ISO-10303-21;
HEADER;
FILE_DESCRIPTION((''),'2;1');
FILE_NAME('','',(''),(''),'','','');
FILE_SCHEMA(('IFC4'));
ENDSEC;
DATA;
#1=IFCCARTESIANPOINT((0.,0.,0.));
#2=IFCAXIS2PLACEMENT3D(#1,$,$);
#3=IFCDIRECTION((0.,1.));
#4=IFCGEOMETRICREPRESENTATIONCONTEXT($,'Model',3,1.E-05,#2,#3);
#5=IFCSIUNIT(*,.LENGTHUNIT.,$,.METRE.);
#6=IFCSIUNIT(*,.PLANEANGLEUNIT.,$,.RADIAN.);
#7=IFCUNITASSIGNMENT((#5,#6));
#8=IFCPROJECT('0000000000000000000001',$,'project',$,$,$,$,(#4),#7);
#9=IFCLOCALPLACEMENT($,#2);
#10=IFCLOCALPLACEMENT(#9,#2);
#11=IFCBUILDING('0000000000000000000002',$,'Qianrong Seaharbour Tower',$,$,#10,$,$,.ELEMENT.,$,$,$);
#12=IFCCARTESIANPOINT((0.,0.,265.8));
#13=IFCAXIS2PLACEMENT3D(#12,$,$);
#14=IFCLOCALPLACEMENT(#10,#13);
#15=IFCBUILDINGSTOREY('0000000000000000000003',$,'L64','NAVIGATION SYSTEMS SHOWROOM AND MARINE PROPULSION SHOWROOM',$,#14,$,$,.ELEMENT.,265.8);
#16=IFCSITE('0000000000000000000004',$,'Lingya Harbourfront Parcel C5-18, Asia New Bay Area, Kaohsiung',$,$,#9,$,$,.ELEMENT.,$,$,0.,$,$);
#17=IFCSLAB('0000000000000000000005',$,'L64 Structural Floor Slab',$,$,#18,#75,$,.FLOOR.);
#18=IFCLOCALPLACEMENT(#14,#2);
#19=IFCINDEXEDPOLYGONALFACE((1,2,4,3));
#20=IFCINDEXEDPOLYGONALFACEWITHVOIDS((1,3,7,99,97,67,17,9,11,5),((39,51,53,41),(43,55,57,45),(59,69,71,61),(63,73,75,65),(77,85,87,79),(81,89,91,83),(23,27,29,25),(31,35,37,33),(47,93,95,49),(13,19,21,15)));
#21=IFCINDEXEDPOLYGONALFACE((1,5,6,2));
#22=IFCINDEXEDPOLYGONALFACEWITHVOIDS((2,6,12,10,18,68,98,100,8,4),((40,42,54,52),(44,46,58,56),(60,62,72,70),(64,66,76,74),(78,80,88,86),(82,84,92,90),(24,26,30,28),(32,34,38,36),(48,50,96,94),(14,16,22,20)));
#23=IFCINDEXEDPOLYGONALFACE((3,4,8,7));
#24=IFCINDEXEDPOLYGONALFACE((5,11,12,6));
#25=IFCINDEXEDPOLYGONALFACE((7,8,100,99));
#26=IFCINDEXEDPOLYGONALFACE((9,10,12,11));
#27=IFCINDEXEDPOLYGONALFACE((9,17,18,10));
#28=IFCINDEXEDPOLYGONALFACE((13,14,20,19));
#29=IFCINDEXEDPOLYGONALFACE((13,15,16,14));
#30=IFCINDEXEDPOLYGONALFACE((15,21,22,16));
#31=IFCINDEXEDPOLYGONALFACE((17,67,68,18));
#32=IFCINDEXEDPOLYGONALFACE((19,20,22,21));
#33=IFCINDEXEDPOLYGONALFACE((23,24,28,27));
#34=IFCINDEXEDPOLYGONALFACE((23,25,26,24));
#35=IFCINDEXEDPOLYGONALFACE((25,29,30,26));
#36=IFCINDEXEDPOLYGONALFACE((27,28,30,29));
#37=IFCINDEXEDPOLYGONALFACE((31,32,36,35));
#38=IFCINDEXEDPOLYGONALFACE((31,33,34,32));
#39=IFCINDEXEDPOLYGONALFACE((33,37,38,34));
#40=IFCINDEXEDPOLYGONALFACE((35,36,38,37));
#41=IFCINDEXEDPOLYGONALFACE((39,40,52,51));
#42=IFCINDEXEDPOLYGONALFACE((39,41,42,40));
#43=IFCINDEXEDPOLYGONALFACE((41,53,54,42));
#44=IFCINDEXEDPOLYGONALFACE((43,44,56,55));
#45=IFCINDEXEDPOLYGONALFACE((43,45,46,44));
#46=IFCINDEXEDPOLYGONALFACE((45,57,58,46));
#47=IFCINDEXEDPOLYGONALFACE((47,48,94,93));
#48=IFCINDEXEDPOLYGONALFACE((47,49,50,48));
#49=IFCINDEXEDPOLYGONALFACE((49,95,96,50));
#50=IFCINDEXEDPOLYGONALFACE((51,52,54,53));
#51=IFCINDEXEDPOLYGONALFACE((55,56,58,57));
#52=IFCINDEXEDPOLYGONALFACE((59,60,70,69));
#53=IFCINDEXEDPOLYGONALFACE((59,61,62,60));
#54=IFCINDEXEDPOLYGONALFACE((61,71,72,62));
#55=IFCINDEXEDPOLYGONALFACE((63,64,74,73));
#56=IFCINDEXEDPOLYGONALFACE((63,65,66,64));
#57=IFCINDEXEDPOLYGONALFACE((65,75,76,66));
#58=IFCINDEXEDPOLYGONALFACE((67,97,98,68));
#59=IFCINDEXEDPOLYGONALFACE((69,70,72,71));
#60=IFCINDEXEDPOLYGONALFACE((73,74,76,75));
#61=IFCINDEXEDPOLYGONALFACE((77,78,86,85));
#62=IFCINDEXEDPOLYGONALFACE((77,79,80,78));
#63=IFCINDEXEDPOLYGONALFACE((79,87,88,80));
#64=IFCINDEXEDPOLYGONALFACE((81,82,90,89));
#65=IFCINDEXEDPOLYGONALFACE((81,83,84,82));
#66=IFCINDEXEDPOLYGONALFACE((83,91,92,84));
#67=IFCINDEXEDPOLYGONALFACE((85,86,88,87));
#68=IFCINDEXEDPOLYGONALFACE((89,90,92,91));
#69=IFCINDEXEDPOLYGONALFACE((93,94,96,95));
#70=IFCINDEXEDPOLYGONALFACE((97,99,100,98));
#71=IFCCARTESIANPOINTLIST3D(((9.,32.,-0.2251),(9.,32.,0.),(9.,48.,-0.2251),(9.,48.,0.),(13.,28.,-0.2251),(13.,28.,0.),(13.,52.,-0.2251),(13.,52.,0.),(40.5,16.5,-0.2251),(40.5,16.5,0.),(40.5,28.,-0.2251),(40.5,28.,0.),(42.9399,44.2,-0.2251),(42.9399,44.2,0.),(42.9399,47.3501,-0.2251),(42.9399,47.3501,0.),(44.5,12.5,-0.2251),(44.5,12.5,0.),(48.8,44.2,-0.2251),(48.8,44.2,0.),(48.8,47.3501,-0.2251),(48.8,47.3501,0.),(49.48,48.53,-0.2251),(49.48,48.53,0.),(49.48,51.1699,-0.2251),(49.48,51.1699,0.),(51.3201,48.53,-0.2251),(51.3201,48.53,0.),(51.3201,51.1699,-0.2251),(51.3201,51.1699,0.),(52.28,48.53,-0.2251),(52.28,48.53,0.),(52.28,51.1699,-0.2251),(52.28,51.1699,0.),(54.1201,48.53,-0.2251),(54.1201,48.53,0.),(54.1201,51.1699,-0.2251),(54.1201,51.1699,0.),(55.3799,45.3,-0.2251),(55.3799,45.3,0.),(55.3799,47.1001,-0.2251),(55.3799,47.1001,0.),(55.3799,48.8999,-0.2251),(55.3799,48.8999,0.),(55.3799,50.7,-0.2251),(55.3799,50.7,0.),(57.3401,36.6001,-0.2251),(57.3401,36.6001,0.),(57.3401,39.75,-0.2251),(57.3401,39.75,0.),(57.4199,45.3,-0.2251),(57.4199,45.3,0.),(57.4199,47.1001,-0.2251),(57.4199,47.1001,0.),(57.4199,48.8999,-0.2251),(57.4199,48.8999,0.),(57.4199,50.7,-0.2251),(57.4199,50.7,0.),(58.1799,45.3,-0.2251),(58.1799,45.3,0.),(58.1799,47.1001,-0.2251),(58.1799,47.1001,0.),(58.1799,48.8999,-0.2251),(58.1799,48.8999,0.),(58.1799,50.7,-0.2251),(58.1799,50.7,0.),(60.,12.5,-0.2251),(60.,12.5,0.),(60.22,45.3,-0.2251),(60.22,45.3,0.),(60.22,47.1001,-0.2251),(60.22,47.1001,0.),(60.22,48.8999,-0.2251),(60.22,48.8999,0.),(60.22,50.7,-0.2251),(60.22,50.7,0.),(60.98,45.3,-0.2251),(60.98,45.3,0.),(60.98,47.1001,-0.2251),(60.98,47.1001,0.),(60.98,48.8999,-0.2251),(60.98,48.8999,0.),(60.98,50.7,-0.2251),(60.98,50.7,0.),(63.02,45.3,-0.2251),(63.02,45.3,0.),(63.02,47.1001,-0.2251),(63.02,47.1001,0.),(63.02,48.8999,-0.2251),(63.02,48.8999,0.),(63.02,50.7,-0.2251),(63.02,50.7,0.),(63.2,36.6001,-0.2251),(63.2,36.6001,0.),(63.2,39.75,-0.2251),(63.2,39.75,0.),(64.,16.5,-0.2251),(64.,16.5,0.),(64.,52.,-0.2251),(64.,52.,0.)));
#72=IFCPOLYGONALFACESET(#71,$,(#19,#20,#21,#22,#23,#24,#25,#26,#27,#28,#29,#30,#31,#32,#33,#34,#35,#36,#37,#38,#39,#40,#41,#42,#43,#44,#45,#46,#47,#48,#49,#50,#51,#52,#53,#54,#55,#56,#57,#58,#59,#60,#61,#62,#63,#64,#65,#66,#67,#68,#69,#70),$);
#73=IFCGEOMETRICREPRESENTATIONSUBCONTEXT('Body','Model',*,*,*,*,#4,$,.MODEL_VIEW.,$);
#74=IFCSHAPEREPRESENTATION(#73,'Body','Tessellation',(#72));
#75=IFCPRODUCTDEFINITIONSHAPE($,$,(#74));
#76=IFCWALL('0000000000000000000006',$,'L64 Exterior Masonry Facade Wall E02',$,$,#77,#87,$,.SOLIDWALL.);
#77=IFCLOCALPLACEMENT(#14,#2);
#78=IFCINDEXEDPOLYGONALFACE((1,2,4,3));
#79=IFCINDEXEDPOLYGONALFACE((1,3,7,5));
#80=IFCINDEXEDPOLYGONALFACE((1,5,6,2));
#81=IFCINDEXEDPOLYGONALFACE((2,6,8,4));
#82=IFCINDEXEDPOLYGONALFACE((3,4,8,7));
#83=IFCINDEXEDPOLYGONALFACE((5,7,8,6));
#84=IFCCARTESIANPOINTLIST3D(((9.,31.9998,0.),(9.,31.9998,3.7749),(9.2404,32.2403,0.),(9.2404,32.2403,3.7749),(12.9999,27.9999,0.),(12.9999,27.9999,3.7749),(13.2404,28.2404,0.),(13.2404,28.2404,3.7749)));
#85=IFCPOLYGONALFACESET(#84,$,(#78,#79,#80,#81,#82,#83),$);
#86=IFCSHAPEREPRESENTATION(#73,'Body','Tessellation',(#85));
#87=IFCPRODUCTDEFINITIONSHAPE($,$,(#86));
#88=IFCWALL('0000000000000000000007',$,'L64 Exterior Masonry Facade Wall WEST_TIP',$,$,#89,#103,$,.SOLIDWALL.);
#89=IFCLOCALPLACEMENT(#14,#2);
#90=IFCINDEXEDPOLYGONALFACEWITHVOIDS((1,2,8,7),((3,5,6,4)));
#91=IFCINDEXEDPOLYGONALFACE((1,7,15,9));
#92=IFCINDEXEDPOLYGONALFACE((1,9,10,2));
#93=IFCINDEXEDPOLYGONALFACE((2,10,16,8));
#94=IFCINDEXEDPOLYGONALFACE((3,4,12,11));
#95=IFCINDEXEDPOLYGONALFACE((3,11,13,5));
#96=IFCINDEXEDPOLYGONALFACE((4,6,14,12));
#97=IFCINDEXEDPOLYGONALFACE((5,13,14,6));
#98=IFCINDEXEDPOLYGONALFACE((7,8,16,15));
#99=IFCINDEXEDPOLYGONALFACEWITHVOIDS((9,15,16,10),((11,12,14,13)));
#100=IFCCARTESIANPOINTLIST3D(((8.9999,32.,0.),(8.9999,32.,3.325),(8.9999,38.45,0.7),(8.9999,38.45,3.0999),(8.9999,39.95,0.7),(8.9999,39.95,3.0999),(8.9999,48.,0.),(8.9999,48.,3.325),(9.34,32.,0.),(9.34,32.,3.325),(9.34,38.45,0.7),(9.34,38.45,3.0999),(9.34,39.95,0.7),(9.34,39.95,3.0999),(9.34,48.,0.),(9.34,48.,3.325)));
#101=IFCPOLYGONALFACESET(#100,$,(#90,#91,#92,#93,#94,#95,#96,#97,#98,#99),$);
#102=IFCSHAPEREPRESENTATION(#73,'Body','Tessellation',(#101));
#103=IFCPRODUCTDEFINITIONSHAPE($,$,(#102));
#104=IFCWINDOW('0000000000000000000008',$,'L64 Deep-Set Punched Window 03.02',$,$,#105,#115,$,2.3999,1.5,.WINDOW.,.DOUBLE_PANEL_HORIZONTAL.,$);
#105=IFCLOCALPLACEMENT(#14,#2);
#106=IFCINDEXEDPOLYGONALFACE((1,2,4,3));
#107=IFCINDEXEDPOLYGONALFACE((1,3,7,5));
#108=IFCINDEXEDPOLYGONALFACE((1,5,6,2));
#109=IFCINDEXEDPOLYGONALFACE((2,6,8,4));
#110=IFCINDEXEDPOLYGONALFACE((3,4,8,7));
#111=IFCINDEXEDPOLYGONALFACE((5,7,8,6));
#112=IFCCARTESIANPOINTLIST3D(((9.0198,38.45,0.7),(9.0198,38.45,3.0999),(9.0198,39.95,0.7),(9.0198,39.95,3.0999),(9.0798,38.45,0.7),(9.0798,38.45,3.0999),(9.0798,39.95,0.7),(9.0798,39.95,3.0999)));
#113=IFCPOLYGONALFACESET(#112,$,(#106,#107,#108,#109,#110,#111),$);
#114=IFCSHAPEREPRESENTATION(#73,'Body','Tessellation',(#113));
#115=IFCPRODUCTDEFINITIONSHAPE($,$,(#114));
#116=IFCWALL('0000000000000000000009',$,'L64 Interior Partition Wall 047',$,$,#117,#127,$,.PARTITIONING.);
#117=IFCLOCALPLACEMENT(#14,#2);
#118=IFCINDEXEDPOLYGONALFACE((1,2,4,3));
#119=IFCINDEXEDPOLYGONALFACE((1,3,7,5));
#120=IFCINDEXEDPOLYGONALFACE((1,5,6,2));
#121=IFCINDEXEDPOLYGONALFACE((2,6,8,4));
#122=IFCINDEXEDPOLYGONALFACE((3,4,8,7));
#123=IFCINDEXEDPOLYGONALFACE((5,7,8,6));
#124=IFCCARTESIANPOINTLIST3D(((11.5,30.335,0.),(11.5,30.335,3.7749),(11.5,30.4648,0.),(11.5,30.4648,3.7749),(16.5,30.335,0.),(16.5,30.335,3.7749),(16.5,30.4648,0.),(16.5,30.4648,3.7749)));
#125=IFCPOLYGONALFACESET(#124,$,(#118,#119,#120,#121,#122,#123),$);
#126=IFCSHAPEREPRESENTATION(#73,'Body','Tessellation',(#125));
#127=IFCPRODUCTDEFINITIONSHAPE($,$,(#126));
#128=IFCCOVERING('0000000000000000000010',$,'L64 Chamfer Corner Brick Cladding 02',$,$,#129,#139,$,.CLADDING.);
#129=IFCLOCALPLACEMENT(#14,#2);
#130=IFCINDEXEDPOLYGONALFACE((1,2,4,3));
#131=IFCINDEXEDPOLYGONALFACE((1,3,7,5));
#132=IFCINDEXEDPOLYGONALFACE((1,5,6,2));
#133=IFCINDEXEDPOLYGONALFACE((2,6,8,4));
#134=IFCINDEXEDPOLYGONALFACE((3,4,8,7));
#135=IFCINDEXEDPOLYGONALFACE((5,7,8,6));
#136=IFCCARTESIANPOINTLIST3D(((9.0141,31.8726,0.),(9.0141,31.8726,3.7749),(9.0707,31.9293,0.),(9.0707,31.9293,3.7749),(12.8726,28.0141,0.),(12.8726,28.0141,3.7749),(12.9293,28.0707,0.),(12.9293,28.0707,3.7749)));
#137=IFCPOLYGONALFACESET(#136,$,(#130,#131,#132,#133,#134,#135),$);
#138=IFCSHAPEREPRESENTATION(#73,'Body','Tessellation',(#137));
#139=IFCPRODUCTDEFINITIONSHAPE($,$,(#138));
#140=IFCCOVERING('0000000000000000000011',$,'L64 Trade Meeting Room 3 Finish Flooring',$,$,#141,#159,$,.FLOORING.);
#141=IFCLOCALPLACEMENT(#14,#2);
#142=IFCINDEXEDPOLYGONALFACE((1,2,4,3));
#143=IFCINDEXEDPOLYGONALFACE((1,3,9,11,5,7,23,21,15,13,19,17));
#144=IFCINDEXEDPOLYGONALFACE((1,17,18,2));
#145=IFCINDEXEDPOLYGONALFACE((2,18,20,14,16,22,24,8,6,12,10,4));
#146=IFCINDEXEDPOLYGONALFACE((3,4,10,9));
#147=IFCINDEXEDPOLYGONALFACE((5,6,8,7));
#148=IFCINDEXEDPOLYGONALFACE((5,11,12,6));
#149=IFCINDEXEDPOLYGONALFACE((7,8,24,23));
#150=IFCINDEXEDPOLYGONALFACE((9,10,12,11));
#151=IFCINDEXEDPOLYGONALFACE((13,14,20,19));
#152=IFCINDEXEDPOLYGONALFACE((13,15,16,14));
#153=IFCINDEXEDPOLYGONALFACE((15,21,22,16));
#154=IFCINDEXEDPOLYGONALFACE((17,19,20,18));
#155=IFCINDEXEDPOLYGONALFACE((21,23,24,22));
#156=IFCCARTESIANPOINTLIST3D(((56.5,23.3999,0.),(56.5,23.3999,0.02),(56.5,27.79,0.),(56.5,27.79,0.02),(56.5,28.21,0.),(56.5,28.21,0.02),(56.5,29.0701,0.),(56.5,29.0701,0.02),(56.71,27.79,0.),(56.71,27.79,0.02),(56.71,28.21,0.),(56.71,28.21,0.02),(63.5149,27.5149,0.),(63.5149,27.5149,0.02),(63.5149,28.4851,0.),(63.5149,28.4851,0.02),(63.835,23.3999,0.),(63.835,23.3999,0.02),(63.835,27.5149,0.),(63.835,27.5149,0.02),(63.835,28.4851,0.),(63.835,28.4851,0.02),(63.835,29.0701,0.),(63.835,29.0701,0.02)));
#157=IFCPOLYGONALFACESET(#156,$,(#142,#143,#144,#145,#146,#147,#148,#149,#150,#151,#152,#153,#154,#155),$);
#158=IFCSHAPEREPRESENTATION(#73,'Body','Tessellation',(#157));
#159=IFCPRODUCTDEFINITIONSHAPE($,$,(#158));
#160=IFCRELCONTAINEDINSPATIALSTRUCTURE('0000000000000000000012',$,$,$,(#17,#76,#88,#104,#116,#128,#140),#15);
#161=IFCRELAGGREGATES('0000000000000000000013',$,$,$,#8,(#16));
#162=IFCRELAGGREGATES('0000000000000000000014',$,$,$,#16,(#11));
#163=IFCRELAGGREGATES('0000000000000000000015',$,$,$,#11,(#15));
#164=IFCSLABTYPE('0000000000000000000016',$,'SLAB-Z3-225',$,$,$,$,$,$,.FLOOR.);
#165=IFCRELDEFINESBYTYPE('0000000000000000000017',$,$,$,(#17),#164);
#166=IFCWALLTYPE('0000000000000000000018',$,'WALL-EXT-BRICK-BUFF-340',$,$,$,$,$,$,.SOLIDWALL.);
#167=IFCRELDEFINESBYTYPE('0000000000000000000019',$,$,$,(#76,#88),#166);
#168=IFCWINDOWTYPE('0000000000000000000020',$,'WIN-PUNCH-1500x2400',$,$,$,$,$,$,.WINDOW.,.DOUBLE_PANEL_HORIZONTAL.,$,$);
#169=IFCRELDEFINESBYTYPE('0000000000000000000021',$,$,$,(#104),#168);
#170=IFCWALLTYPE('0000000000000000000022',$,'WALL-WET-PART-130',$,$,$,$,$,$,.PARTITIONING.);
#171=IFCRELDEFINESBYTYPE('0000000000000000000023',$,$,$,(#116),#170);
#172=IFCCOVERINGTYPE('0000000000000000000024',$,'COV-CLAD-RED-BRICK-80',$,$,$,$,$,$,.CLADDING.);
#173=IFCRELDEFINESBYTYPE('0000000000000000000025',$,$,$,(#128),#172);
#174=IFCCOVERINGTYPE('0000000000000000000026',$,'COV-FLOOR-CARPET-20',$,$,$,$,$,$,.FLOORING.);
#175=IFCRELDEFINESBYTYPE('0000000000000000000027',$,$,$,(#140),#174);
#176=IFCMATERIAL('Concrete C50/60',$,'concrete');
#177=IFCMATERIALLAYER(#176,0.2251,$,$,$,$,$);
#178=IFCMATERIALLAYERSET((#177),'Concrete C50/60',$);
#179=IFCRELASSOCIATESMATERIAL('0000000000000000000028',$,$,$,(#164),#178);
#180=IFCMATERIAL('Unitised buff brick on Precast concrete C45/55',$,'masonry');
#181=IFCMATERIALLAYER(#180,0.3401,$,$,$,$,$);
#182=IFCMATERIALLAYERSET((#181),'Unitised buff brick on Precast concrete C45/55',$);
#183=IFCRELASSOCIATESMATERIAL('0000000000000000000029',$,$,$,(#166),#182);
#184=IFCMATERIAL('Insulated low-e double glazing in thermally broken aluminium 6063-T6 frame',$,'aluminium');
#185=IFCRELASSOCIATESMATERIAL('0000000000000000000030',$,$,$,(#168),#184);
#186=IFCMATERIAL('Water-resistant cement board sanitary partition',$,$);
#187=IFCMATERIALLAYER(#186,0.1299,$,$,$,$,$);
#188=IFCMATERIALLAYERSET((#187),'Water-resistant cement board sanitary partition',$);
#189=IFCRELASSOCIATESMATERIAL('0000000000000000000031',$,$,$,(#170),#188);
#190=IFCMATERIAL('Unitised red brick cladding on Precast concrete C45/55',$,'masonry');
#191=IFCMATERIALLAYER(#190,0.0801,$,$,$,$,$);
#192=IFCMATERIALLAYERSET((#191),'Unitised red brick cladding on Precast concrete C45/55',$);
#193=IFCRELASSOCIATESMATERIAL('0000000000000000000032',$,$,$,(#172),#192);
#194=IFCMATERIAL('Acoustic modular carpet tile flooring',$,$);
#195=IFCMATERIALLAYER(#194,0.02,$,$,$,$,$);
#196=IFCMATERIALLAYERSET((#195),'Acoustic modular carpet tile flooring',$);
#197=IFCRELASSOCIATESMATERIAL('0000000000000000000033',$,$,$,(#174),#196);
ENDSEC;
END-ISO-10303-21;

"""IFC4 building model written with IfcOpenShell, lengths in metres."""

from ifc_helpers import new_model, si_unit, direction, frame, frame_2d, origin, origin_2d, place, context, subcontext, project, spatial, polyline, rectangle, outline, extrude, material, layer, layer_set, type_object, element, fill, save


model = new_model("IFC4")

# Units and contexts
model_context = context("Model", 3, precision=1e-05, world=origin(), true_north=direction((0.0, 1.0)))
body_context = subcontext(model_context, "Body", "Model", "MODEL_VIEW")
ifc_project = project(units=[si_unit("LENGTHUNIT", "METRE"), si_unit("PLANEANGLEUNIT", "RADIAN")], contexts=[model_context])

# Site, building, storey
site_placement = place(None, origin())
site = spatial("IfcSite", under=ifc_project, at=site_placement, Name="Lingya Harbourfront Parcel C5-18, Asia New Bay Area, Kaohsiung", CompositionType="ELEMENT", RefElevation=0.0)
building_placement = place(site_placement, origin())
building = spatial("IfcBuilding", under=site, at=building_placement, Name="Qianrong Seaharbour Tower", CompositionType="ELEMENT")
storey_placement = place(building_placement, frame((0.0, 0.0, 265.8)))
storey = spatial("IfcBuildingStorey", under=building, at=storey_placement, Name="L64", Description="NAVIGATION SYSTEMS SHOWROOM AND MARINE PROPULSION SHOWROOM", CompositionType="ELEMENT", Elevation=265.8)

# Shared definitions
ifc_material_1 = material(Name="Concrete C50/60", Category="concrete")

# Slab
ifc_layer_1 = layer(ifc_material_1, 0.2251)
ifc_layer_set_1 = layer_set([ifc_layer_1], Name="Concrete C50/60")
slab_type_1 = type_object("IfcSlabType", Name="SLAB-Z3-225", PredefinedType="FLOOR", material=ifc_layer_set_1)
slab_1_placement = place(storey_placement, frame((0.0, 0.0, -0.2251)))
element("IfcSlab", 1, at=slab_1_placement, inside=storey, type_object=slab_type_1, Name="L64 Structural Floor Slab", PredefinedType="FLOOR", context=body_context, shape_type="SweptSolid", body=[
    extrude(outline(polyline([(44.5, 12.5), (60.0, 12.5), (64.0, 16.5), (64.0, 52.0), (13.0, 52.0), (9.0, 48.0), (9.0, 32.0), (13.0, 28.0), (40.5, 28.0), (40.5, 16.5), (44.5, 12.5)]), holes=[polyline([(42.9399, 44.2), (42.9399, 47.3501), (48.8, 47.3501), (48.8, 44.2), (42.9399, 44.2)]), polyline([(57.3401, 36.6001), (57.3401, 39.75), (63.2, 39.75), (63.2, 36.6001), (57.3401, 36.6001)]), polyline([(49.48, 48.53), (49.48, 51.1699), (51.3201, 51.1699), (51.3201, 48.53), (49.48, 48.53)]), polyline([(52.28, 48.53), (52.28, 51.1699), (54.1201, 51.1699), (54.1201, 48.53), (52.28, 48.53)]), polyline([(55.3799, 45.3), (55.3799, 47.1001), (57.4199, 47.1001), (57.4199, 45.3), (55.3799, 45.3)]), polyline([(58.1799, 45.3), (58.1799, 47.1001), (60.22, 47.1001), (60.22, 45.3), (58.1799, 45.3)]), polyline([(60.98, 45.3), (60.98, 47.1001), (63.02, 47.1001), (63.02, 45.3), (60.98, 45.3)]), polyline([(55.3799, 48.8999), (55.3799, 50.7), (57.4199, 50.7), (57.4199, 48.8999), (55.3799, 48.8999)]), polyline([(58.1799, 48.8999), (58.1799, 50.7), (60.22, 50.7), (60.22, 48.8999), (58.1799, 48.8999)]), polyline([(60.98, 48.8999), (60.98, 50.7), (63.02, 50.7), (63.02, 48.8999), (60.98, 48.8999)])]), origin(), (0.0, 0.0, 1.0), 0.2251),
])

# Wall
ifc_material_2 = material(Name="Unitised buff brick on Precast concrete C45/55", Category="masonry")
ifc_layer_2 = layer(ifc_material_2, 0.3401)
ifc_layer_set_2 = layer_set([ifc_layer_2], Name="Unitised buff brick on Precast concrete C45/55")
wall_type_1 = type_object("IfcWallType", Name="WALL-EXT-BRICK-BUFF-340", PredefinedType="SOLIDWALL", material=ifc_layer_set_2)
wall_1_placement = place(storey_placement, frame((13.1201, 28.1201, 0.0), z_axis=(0.0, 0.0, 1.0), x_axis=(-0.707107, 0.707107, 0.0)))
element("IfcWall", 2, at=wall_1_placement, inside=storey, type_object=wall_type_1, Name="L64 Exterior Masonry Facade Wall E02", PredefinedType="SOLIDWALL", context=body_context, shape_type="SweptSolid", body=[
    extrude(rectangle(XDim=5.6567, YDim=0.3401, at=frame_2d((2.8284, 0.0))), origin(), (0.0, 0.0, 1.0), 3.7749),
])

# Wall, opening, window
wall_2_placement = place(storey_placement, frame((9.1699, 32.0, 0.0), z_axis=(0.0, 0.0, 1.0), x_axis=(0.0, 1.0, 0.0)))
wall_2 = element("IfcWall", 3, at=wall_2_placement, inside=storey, type_object=wall_type_1, Name="L64 Exterior Masonry Facade Wall WEST_TIP", PredefinedType="SOLIDWALL", context=body_context, shape_type="SweptSolid", body=[
    extrude(rectangle(XDim=16.0, YDim=0.3401, at=frame_2d((8.0, 0.0))), origin(), (0.0, 0.0, 1.0), 3.325),
])
opening_1_placement = place(wall_2_placement, frame((6.45, 0.0, 0.7)))
opening_1 = element("IfcOpeningElement", 4, at=opening_1_placement, cuts=wall_2, PredefinedType="OPENING", context=body_context, shape_type="SweptSolid", body=[
    extrude(rectangle(XDim=1.5, YDim=2.3999, at=frame_2d((0.75, 1.2))), frame((0.0, 0.1802, 0.0), z_axis=(0.0, -1.0, 0.0), x_axis=(1.0, 0.0, 0.0)), (0.0, 0.0, 1.0), 0.3601),
])
ifc_material_3 = material(Name="Insulated low-e double glazing in thermally broken aluminium 6063-T6 frame", Category="aluminium")
window_type = type_object("IfcWindowType", Name="WIN-PUNCH-1500x2400", PartitioningType="DOUBLE_PANEL_HORIZONTAL", PredefinedType="WINDOW", material=ifc_material_3)
window_placement = place(opening_1_placement, origin())
window = element("IfcWindow", 5, at=window_placement, inside=storey, type_object=window_type, Name="L64 Deep-Set Punched Window 03.02", OverallHeight=2.3999, OverallWidth=1.5, PartitioningType="DOUBLE_PANEL_HORIZONTAL", PredefinedType="WINDOW", context=body_context, shape_type="SweptSolid", body=[
    extrude(rectangle(XDim=1.5, YDim=2.3999, at=frame_2d((0.75, 1.2))), frame((0.0, 0.1501, 0.0), z_axis=(0.0, -1.0, 0.0), x_axis=(1.0, 0.0, 0.0)), (0.0, 0.0, 1.0), 0.0601),
])
fill(opening_1, window)

# Wall
ifc_material_4 = material(Name="Water-resistant cement board sanitary partition")
ifc_layer_3 = layer(ifc_material_4, 0.1299)
ifc_layer_set_3 = layer_set([ifc_layer_3], Name="Water-resistant cement board sanitary partition")
wall_type_2 = type_object("IfcWallType", Name="WALL-WET-PART-130", PredefinedType="PARTITIONING", material=ifc_layer_set_3)
wall_3_placement = place(storey_placement, frame((16.5, 30.3999, 0.0), z_axis=(0.0, 0.0, 1.0), x_axis=(-1.0, 0.0, 0.0)))
element("IfcWall", 6, at=wall_3_placement, inside=storey, type_object=wall_type_2, Name="L64 Interior Partition Wall 047", PredefinedType="PARTITIONING", context=body_context, shape_type="SweptSolid", body=[
    extrude(rectangle(XDim=5.0, YDim=0.1299, at=frame_2d((2.5, 0.0))), origin(), (0.0, 0.0, 1.0), 3.7749),
])

# Coverings
ifc_material_5 = material(Name="Unitised red brick cladding on Precast concrete C45/55", Category="masonry")
ifc_layer_4 = layer(ifc_material_5, 0.0801)
ifc_layer_set_4 = layer_set([ifc_layer_4], Name="Unitised red brick cladding on Precast concrete C45/55")
covering_type_1 = type_object("IfcCoveringType", Name="COV-CLAD-RED-BRICK-80", PredefinedType="CLADDING", material=ifc_layer_set_4)
covering_1_placement = place(storey_placement, frame((10.9717, 29.9717, 0.0), z_axis=(0.0, 0.0, 1.0), x_axis=(-0.707107, 0.707107, 0.0)))
element("IfcCovering", 7, at=covering_1_placement, inside=storey, type_object=covering_type_1, Name="L64 Chamfer Corner Brick Cladding 02", PredefinedType="CLADDING", context=body_context, shape_type="SweptSolid", body=[
    extrude(rectangle(XDim=5.4568, YDim=0.0801, at=origin_2d()), origin(), (0.0, 0.0, 1.0), 3.7749),
])
ifc_material_6 = material(Name="Acoustic modular carpet tile flooring")
ifc_layer_5 = layer(ifc_material_6, 0.02)
ifc_layer_set_5 = layer_set([ifc_layer_5], Name="Acoustic modular carpet tile flooring")
covering_type_2 = type_object("IfcCoveringType", Name="COV-FLOOR-CARPET-20", PredefinedType="FLOORING", material=ifc_layer_set_5)
covering_2_placement = place(storey_placement, origin())
element("IfcCovering", 8, at=covering_2_placement, inside=storey, type_object=covering_type_2, Name="L64 Trade Meeting Room 3 Finish Flooring", PredefinedType="FLOORING", context=body_context, shape_type="SweptSolid", body=[
    extrude(outline(polyline([(63.835, 29.0701), (63.835, 28.4851), (63.5149, 28.4851), (63.5149, 27.5149), (63.835, 27.5149), (63.835, 23.3999), (56.5, 23.3999), (56.5, 27.79), (56.71, 27.79), (56.71, 28.21), (56.5, 28.21), (56.5, 29.0701), (63.835, 29.0701)])), origin(), (0.0, 0.0, 1.0), 0.02),
])

save(model, "model.ifc")
